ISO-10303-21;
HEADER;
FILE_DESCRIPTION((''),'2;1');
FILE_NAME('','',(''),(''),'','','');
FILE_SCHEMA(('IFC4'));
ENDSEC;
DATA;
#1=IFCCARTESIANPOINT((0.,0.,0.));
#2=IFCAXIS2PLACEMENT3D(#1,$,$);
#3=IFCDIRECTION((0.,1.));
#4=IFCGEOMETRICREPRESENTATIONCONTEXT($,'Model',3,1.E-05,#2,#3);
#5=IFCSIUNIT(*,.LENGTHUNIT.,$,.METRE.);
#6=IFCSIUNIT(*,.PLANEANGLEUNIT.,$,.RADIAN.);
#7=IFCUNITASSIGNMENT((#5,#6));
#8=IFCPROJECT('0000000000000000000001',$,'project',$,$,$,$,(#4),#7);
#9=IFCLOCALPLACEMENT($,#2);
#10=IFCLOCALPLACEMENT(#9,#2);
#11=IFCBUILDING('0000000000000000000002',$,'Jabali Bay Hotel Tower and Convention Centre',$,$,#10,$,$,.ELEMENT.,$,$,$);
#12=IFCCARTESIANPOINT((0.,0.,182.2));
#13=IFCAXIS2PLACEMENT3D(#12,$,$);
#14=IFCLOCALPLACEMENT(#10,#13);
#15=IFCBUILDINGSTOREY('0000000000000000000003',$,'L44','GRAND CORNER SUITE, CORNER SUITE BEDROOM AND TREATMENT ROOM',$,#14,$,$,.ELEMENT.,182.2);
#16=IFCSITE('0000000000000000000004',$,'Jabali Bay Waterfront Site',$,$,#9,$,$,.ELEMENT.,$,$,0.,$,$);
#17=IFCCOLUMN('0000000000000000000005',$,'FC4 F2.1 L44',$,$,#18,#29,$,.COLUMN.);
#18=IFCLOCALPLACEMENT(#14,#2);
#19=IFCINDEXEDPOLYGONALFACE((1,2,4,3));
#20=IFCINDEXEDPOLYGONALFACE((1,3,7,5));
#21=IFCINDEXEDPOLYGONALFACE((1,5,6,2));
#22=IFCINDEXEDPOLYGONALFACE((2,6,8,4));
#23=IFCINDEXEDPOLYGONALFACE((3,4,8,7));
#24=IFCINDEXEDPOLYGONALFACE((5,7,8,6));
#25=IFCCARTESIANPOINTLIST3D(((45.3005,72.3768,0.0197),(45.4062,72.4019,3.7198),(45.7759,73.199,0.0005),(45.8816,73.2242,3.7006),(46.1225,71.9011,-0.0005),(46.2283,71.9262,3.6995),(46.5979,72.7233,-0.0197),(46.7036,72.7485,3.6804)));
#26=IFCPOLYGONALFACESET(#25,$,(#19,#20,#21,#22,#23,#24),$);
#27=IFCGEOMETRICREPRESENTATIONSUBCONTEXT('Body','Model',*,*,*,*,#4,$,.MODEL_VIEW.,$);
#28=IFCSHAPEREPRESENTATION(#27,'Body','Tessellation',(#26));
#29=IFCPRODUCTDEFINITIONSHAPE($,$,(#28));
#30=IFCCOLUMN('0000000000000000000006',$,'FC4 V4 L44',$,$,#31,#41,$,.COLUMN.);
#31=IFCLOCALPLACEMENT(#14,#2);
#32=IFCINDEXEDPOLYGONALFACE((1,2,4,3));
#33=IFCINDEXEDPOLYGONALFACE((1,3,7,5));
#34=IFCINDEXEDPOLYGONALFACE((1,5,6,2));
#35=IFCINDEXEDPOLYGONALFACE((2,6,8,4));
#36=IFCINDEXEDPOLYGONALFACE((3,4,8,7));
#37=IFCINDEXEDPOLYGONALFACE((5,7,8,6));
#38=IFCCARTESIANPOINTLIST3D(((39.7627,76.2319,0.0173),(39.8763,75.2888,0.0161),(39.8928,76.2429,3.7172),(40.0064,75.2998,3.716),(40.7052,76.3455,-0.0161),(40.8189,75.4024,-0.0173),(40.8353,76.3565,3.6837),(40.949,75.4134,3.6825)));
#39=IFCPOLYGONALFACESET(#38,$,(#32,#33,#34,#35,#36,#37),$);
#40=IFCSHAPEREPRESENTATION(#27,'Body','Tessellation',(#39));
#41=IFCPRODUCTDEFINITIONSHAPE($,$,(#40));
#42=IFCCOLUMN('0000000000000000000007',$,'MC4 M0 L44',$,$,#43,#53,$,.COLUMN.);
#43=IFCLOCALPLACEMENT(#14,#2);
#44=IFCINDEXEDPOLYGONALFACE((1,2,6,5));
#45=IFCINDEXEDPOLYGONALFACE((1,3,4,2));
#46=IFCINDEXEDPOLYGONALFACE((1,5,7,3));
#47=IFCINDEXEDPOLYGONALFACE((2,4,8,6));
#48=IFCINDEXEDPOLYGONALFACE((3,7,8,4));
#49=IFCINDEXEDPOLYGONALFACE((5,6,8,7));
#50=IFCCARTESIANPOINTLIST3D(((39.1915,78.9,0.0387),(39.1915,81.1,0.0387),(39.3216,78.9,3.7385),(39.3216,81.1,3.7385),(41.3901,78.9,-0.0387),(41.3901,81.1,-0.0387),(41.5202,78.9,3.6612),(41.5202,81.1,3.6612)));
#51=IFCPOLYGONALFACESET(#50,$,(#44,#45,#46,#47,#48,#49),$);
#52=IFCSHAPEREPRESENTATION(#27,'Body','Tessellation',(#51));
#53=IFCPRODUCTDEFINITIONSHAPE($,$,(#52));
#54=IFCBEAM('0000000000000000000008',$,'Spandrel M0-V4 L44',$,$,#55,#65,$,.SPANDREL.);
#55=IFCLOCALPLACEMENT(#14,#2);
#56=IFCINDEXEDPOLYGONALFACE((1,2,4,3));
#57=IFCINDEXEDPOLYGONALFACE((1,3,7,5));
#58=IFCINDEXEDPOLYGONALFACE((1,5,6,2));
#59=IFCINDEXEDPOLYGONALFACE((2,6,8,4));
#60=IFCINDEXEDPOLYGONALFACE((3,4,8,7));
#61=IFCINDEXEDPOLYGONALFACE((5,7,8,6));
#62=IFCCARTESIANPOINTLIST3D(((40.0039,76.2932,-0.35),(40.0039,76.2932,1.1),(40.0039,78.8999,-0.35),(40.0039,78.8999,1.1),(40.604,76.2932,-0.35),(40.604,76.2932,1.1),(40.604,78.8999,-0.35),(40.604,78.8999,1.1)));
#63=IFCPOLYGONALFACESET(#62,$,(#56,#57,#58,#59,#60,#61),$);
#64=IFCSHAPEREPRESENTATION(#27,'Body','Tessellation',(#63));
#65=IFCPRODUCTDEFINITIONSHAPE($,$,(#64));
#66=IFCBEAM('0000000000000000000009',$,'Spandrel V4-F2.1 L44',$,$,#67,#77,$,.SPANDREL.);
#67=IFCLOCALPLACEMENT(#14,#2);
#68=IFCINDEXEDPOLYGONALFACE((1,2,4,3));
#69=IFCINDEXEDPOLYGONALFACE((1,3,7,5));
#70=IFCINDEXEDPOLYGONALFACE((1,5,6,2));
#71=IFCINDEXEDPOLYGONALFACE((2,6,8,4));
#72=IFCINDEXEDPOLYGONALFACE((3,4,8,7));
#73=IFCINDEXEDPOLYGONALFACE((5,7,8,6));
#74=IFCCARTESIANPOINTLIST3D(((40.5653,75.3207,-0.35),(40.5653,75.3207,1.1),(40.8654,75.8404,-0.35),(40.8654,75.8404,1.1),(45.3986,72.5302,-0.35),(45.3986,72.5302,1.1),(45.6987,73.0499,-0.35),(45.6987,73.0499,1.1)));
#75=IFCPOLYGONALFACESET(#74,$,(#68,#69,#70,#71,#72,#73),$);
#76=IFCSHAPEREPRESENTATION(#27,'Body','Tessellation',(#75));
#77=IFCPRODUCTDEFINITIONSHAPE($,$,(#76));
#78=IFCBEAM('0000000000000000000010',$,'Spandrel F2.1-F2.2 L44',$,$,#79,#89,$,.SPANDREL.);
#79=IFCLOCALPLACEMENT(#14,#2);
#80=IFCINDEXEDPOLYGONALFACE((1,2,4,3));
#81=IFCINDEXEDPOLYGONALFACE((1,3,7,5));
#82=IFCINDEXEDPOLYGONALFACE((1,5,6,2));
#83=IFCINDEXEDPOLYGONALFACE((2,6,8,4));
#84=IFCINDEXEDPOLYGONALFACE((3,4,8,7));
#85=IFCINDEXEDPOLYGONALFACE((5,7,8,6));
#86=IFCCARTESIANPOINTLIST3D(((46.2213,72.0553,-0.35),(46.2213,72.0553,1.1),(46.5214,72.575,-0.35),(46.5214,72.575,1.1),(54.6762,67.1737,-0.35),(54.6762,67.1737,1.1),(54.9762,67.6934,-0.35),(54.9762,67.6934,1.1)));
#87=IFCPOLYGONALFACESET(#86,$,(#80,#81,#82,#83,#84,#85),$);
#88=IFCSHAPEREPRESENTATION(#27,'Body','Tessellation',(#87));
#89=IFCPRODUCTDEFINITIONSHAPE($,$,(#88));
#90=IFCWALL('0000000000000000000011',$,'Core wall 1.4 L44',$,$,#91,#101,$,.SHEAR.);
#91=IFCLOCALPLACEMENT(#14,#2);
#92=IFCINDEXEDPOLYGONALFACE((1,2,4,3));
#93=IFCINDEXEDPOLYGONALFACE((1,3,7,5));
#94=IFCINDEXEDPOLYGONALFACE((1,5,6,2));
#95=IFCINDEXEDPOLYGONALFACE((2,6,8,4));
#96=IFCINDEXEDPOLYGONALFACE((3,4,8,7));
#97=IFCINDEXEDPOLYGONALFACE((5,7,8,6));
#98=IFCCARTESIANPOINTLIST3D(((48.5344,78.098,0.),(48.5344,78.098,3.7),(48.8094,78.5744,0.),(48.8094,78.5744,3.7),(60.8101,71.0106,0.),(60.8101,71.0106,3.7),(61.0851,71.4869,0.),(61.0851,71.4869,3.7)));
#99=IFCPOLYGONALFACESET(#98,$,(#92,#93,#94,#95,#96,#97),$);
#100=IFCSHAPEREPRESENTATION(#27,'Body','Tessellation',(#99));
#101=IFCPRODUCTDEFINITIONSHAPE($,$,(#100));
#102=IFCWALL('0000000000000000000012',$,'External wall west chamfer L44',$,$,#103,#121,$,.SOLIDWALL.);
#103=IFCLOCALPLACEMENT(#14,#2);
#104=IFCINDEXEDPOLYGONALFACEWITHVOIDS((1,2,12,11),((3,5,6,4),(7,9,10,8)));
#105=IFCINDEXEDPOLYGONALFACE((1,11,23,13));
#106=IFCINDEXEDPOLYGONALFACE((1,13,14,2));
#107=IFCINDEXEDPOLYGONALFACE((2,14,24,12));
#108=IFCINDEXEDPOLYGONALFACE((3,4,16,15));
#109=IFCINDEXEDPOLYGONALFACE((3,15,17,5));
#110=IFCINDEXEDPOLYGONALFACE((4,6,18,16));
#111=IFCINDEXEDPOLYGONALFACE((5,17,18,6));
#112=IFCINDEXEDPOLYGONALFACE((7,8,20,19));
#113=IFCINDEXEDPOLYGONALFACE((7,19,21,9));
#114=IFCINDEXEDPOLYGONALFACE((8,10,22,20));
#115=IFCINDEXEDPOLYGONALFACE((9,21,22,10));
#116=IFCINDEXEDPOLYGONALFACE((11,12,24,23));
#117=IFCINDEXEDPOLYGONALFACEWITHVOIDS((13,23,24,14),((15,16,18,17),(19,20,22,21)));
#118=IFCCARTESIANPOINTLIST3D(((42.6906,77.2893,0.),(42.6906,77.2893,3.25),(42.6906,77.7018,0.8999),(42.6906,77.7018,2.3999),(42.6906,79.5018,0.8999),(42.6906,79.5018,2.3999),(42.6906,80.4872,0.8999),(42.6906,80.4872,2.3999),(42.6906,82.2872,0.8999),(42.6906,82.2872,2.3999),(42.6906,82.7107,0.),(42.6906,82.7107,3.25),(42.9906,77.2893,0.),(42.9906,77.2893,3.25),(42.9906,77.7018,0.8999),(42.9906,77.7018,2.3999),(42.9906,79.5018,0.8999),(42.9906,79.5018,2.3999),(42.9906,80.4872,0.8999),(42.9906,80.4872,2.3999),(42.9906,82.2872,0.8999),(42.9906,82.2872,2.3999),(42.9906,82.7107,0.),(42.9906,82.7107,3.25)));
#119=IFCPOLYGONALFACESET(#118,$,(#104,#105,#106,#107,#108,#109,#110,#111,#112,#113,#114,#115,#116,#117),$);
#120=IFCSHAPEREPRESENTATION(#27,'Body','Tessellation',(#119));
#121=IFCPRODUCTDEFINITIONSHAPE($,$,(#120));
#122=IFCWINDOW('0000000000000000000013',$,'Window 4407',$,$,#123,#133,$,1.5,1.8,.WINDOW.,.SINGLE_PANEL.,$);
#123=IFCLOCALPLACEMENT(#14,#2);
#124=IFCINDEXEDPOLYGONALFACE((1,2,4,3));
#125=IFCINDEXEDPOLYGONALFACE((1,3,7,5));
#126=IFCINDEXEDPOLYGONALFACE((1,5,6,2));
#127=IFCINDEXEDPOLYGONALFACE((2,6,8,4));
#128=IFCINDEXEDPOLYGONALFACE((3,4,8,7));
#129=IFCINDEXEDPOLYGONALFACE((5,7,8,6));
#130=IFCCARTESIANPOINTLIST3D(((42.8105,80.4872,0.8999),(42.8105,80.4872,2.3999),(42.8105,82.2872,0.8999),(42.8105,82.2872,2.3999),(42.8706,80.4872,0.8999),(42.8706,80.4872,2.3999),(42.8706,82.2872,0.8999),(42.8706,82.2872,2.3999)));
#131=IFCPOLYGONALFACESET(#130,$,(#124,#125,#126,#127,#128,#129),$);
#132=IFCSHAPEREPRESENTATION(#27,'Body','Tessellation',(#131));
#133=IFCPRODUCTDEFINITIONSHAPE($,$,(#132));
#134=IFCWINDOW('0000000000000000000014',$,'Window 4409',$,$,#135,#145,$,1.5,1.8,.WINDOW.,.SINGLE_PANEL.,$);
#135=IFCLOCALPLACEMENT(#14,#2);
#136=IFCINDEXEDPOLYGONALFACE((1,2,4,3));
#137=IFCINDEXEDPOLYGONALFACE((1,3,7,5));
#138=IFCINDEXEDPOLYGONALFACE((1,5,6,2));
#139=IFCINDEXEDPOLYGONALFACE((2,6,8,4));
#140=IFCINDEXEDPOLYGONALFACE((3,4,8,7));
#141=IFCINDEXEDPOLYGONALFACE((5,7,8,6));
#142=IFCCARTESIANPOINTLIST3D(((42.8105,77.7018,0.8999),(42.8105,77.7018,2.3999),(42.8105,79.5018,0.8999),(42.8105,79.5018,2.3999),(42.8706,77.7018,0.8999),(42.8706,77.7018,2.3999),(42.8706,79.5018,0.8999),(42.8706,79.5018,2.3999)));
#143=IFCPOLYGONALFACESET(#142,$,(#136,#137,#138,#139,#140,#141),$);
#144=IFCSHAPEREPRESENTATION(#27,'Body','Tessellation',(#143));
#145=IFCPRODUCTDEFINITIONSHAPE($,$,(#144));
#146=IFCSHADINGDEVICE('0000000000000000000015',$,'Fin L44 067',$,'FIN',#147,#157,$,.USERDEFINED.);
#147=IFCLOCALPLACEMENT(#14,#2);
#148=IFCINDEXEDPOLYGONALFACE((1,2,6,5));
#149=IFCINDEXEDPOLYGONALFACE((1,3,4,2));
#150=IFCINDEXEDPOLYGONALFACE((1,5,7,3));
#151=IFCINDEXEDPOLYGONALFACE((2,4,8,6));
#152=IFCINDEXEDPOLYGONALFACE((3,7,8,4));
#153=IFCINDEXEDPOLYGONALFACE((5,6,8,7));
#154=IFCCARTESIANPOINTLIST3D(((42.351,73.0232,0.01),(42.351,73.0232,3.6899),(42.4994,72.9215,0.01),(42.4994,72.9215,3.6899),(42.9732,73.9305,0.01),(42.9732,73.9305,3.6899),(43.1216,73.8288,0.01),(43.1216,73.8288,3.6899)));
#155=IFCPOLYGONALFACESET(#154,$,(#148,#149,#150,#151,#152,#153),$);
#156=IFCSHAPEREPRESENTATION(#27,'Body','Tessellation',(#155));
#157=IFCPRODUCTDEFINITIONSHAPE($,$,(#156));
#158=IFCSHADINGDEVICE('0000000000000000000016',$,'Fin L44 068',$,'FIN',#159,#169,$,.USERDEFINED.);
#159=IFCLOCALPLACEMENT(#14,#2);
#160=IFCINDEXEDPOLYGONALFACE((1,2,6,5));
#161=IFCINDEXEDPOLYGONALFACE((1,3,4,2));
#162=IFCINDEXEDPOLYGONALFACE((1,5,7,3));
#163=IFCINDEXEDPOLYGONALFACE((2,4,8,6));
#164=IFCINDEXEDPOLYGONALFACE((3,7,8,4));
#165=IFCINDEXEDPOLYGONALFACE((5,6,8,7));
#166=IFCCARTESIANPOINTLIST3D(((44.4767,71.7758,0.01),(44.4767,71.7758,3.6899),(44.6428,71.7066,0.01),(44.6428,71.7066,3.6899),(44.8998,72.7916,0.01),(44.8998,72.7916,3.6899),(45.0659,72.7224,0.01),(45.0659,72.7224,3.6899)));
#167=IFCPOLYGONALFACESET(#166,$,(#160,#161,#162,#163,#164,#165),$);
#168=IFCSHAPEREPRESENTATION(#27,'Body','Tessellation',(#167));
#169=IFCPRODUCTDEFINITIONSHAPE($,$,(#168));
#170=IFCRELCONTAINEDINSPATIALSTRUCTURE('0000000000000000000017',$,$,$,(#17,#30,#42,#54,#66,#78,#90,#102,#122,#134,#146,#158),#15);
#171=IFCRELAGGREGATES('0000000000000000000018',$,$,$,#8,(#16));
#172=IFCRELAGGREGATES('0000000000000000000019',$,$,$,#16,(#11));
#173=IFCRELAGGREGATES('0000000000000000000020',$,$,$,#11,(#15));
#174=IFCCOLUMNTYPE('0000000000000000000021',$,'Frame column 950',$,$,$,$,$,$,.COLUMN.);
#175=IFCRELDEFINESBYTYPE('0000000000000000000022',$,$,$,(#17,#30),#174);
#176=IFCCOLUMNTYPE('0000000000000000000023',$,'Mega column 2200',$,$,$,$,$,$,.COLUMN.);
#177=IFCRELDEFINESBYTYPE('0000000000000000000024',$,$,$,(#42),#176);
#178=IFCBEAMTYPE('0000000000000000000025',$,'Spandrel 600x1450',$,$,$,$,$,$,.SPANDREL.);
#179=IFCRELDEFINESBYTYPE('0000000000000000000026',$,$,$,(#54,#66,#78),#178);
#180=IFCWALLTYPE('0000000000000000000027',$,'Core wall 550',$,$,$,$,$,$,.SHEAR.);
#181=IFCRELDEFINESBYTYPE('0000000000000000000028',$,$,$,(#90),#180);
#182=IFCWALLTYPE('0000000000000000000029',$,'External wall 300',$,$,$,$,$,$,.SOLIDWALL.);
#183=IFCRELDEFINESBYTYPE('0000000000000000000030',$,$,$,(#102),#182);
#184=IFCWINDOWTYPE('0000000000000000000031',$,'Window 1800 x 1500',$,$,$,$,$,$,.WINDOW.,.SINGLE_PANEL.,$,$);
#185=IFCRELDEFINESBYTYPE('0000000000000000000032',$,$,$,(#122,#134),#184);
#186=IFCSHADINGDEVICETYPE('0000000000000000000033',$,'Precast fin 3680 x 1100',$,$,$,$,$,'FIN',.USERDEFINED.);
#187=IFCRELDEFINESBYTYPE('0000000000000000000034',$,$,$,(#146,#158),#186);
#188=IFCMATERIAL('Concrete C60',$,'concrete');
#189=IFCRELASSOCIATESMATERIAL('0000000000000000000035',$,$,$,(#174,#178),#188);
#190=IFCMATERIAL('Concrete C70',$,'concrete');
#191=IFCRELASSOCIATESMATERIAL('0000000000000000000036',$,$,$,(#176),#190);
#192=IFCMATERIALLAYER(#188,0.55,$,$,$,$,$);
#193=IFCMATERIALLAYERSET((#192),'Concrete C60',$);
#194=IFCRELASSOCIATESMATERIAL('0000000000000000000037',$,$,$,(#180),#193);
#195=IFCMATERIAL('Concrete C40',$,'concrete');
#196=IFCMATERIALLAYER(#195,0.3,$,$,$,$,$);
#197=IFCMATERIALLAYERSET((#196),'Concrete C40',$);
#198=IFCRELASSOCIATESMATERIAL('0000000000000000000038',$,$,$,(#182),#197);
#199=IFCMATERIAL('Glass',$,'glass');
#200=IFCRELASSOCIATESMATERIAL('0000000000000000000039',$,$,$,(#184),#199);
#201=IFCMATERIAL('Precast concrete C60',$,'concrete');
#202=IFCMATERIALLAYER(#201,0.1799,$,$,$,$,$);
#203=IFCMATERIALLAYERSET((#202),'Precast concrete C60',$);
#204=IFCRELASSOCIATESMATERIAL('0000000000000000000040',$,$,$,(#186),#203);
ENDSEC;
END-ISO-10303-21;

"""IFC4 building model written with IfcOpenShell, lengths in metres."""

from ifc_helpers import new_model, si_unit, direction, frame, frame_2d, origin, origin_2d, place, context, subcontext, project, spatial, rectangle, extrude, material, layer, layer_set, material_profile, profile_set, type_object, element, fill, save


model = new_model("IFC4")

# Units and contexts
model_context = context("Model", 3, precision=1e-05, world=origin(), true_north=direction((0.0, 1.0)))
body_context = subcontext(model_context, "Body", "Model", "MODEL_VIEW")
ifc_project = project(units=[si_unit("LENGTHUNIT", "METRE"), si_unit("PLANEANGLEUNIT", "RADIAN")], contexts=[model_context])

# Site, building, storey
site_placement = place(None, origin())
site = spatial("IfcSite", under=ifc_project, at=site_placement, Name="Jabali Bay Waterfront Site", CompositionType="ELEMENT", RefElevation=0.0)
building_placement = place(site_placement, origin())
building = spatial("IfcBuilding", under=site, at=building_placement, Name="Jabali Bay Hotel Tower and Convention Centre", CompositionType="ELEMENT")
storey_placement = place(building_placement, frame((0.0, 0.0, 182.2)))
storey = spatial("IfcBuildingStorey", under=building, at=storey_placement, Name="L44", Description="GRAND CORNER SUITE, CORNER SUITE BEDROOM AND TREATMENT ROOM", CompositionType="ELEMENT", Elevation=182.2)

# Columns
ifc_material_1 = material(Name="Concrete C60", Category="concrete")
ifc_material_profile_1 = material_profile(ifc_material_1, rectangle(XDim=0.95, YDim=0.95, at=origin_2d()), Name="Frame column 950")
ifc_profile_set_1 = profile_set([ifc_material_profile_1], Name="Concrete C60")
column_type_1 = type_object("IfcColumnType", Name="Frame column 950", PredefinedType="COLUMN", material=ifc_profile_set_1)
column_1_placement = place(storey_placement, frame((45.9492, 72.55, 0.0), z_axis=(0.028559, 0.006794, 0.999569), x_axis=(-0.865323, 0.500761, 0.02132)))
element("IfcColumn", 1, at=column_1_placement, inside=storey, type_object=column_type_1, Name="FC4 F2.1 L44", PredefinedType="COLUMN", context=body_context, shape_type="SweptSolid", body=[
    extrude(rectangle(XDim=0.95, YDim=0.95, at=origin_2d()), origin(), (0.0, 0.0, 1.0), 3.7017),
])
column_2_placement = place(storey_placement, frame((40.2908, 75.8171, 0.0), z_axis=(0.035148, 0.002967, 0.999378), x_axis=(-0.119628, 0.992818, 0.001259)))
element("IfcColumn", 2, at=column_2_placement, inside=storey, type_object=column_type_1, Name="FC4 V4 L44", PredefinedType="COLUMN", context=body_context, shape_type="SweptSolid", body=[
    extrude(rectangle(XDim=0.95, YDim=0.95, at=origin_2d()), origin(), (0.0, 0.0, 1.0), 3.7021),
])
ifc_material_2 = material(Name="Concrete C70", Category="concrete")
ifc_material_profile_2 = material_profile(ifc_material_2, rectangle(XDim=2.2, YDim=2.2, at=origin_2d()), Name="Mega column 2200")
ifc_profile_set_2 = profile_set([ifc_material_profile_2], Name="Concrete C70")
column_type_2 = type_object("IfcColumnType", Name="Mega column 2200", PredefinedType="COLUMN", material=ifc_profile_set_2)
column_3_placement = place(storey_placement, frame((40.2908, 80.0, 0.0), z_axis=(0.035148, 0.0, 0.999382), x_axis=(0.0, 1.0, 0.0)))
element("IfcColumn", 3, at=column_3_placement, inside=storey, type_object=column_type_2, Name="MC4 M0 L44", PredefinedType="COLUMN", context=body_context, shape_type="SweptSolid", body=[
    extrude(rectangle(XDim=2.2, YDim=2.2, at=origin_2d()), origin(), (0.0, 0.0, 1.0), 3.7021),
])

# Beams
ifc_material_profile_3 = material_profile(ifc_material_1, rectangle(XDim=0.6001, YDim=1.45, at=origin_2d()), Name="Spandrel 600x1450")
ifc_profile_set_3 = profile_set([ifc_material_profile_3], Name="Concrete C60")
beam_type = type_object("IfcBeamType", Name="Spandrel 600x1450", PredefinedType="SPANDREL", material=ifc_profile_set_3)
beam_1_placement = place(storey_placement, frame((40.304, 78.8999, 0.375), z_axis=(0.0, -1.0, 0.0), x_axis=(1.0, 0.0, 0.0)))
element("IfcBeam", 4, at=beam_1_placement, inside=storey, type_object=beam_type, Name="Spandrel M0-V4 L44", PredefinedType="SPANDREL", context=body_context, shape_type="SweptSolid", body=[
    extrude(rectangle(XDim=0.6001, YDim=1.45, at=origin_2d()), origin(), (0.0, 0.0, 1.0), 2.6067),
])
beam_2_placement = place(storey_placement, frame((40.7153, 75.5806, 0.375), z_axis=(0.866022, -0.500006, 0.0), x_axis=(0.500006, 0.866022, 0.0)))
element("IfcBeam", 5, at=beam_2_placement, inside=storey, type_object=beam_type, Name="Spandrel V4-F2.1 L44", PredefinedType="SPANDREL", context=body_context, shape_type="SweptSolid", body=[
    extrude(rectangle(XDim=0.6001, YDim=1.45, at=origin_2d()), origin(), (0.0, 0.0, 1.0), 5.5811),
])
beam_3_placement = place(storey_placement, frame((46.3713, 72.3152, 0.375), z_axis=(0.866017, -0.500015, 0.0), x_axis=(0.500015, 0.866017, 0.0)))
element("IfcBeam", 6, at=beam_3_placement, inside=storey, type_object=beam_type, Name="Spandrel F2.1-F2.2 L44", PredefinedType="SPANDREL", context=body_context, shape_type="SweptSolid", body=[
    extrude(rectangle(XDim=0.6001, YDim=1.45, at=origin_2d()), origin(), (0.0, 0.0, 1.0), 9.7629),
])

# Wall
ifc_layer_1 = layer(ifc_material_1, 0.55)
ifc_layer_set_1 = layer_set([ifc_layer_1], Name="Concrete C60")
wall_type_1 = type_object("IfcWallType", Name="Core wall 550", PredefinedType="SHEAR", material=ifc_layer_set_1)
wall_1_placement = place(storey_placement, frame((48.6719, 78.3362, 0.0), z_axis=(0.0, 0.0, 1.0), x_axis=(0.866024, -0.500003, 0.0)))
element("IfcWall", 7, at=wall_1_placement, inside=storey, type_object=wall_type_1, Name="Core wall 1.4 L44", PredefinedType="SHEAR", context=body_context, shape_type="SweptSolid", body=[
    extrude(rectangle(XDim=14.1748, YDim=0.55, at=frame_2d((7.0874, 0.0))), origin(), (0.0, 0.0, 1.0), 3.7),
])

# Wall, openings, windows
ifc_material_3 = material(Name="Concrete C40", Category="concrete")
ifc_layer_2 = layer(ifc_material_3, 0.3)
ifc_layer_set_2 = layer_set([ifc_layer_2], Name="Concrete C40")
wall_type_2 = type_object("IfcWallType", Name="External wall 300", PredefinedType="SOLIDWALL", material=ifc_layer_set_2)
wall_2_placement = place(storey_placement, frame((42.8406, 77.2893, 0.0), z_axis=(0.0, 0.0, 1.0), x_axis=(0.0, 1.0, 0.0)))
wall_2 = element("IfcWall", 8, at=wall_2_placement, inside=storey, type_object=wall_type_2, Name="External wall west chamfer L44", PredefinedType="SOLIDWALL", context=body_context, shape_type="SweptSolid", body=[
    extrude(rectangle(XDim=5.4214, YDim=0.3, at=frame_2d((2.7107, 0.0))), origin(), (0.0, 0.0, 1.0), 3.25),
])
opening_1_placement = place(wall_2_placement, frame((3.198, 0.0, 0.8999)))
opening_1 = element("IfcOpeningElement", 9, at=opening_1_placement, cuts=wall_2, PredefinedType="OPENING", context=body_context, shape_type="SweptSolid", body=[
    extrude(rectangle(XDim=1.8, YDim=1.5, at=frame_2d((0.8999, 0.75))), frame((0.0, 0.1606, 0.0), z_axis=(0.0, -1.0, 0.0), x_axis=(1.0, 0.0, 0.0)), (0.0, 0.0, 1.0), 0.321),
])
opening_2_placement = place(wall_2_placement, frame((0.4126, 0.0, 0.8999)))
opening_2 = element("IfcOpeningElement", 10, at=opening_2_placement, cuts=wall_2, PredefinedType="OPENING", context=body_context, shape_type="SweptSolid", body=[
    extrude(rectangle(XDim=1.8, YDim=1.5, at=frame_2d((0.8999, 0.75))), frame((0.0, 0.1606, 0.0), z_axis=(0.0, -1.0, 0.0), x_axis=(1.0, 0.0, 0.0)), (0.0, 0.0, 1.0), 0.321),
])
ifc_material_4 = material(Name="Glass", Category="glass")
window_type = type_object("IfcWindowType", Name="Window 1800 x 1500", PartitioningType="SINGLE_PANEL", PredefinedType="WINDOW", material=ifc_material_4)
window_1_placement = place(opening_1_placement, origin())
window_1 = element("IfcWindow", 11, at=window_1_placement, inside=storey, type_object=window_type, Name="Window 4407", OverallHeight=1.5, OverallWidth=1.8, PartitioningType="SINGLE_PANEL", PredefinedType="WINDOW", context=body_context, shape_type="SweptSolid", body=[
    extrude(rectangle(XDim=1.8, YDim=1.5, at=frame_2d((0.8999, 0.75))), frame((0.0, 0.03, 0.0), z_axis=(0.0, -1.0, 0.0), x_axis=(1.0, 0.0, 0.0)), (0.0, 0.0, 1.0), 0.0601),
])
fill(opening_1, window_1)
window_2_placement = place(opening_2_placement, origin())
window_2 = element("IfcWindow", 12, at=window_2_placement, inside=storey, type_object=window_type, Name="Window 4409", OverallHeight=1.5, OverallWidth=1.8, PartitioningType="SINGLE_PANEL", PredefinedType="WINDOW", context=body_context, shape_type="SweptSolid", body=[
    extrude(rectangle(XDim=1.8, YDim=1.5, at=frame_2d((0.8999, 0.75))), frame((0.0, 0.03, 0.0), z_axis=(0.0, -1.0, 0.0), x_axis=(1.0, 0.0, 0.0)), (0.0, 0.0, 1.0), 0.0601),
])
fill(opening_2, window_2)

# Shading devices
ifc_material_5 = material(Name="Precast concrete C60", Category="concrete")
ifc_layer_3 = layer(ifc_material_5, 0.1799)
ifc_layer_set_3 = layer_set([ifc_layer_3], Name="Precast concrete C60")
shading_device_type_1 = type_object("IfcShadingDeviceType", Name="Precast fin 3680 x 1100", ElementType="FIN", PredefinedType="USERDEFINED", material=ifc_layer_set_3)
shading_device_1_placement = place(storey_placement, frame((43.0474, 73.8796, 0.01), z_axis=(0.0, 0.0, 1.0), x_axis=(-0.565511, -0.824741, 0.0)))
element("IfcShadingDevice", 13, at=shading_device_1_placement, inside=storey, type_object=shading_device_type_1, Name="Fin L44 067", ObjectType="FIN", PredefinedType="USERDEFINED", context=body_context, shape_type="SweptSolid", body=[
    extrude(rectangle(XDim=1.1001, YDim=0.1799, at=frame_2d((0.55, 0.0))), origin(), (0.0, 0.0, 1.0), 3.6799),
])
shading_device_2_placement = place(storey_placement, frame((44.9829, 72.7571, 0.01), z_axis=(0.0, 0.0, 1.0), x_axis=(-0.384552, -0.923103, 0.0)))
element("IfcShadingDevice", 14, at=shading_device_2_placement, inside=storey, type_object=shading_device_type_1, Name="Fin L44 068", ObjectType="FIN", PredefinedType="USERDEFINED", context=body_context, shape_type="SweptSolid", body=[
    extrude(rectangle(XDim=1.1003, YDim=0.1799, at=frame_2d((0.5503, 0.0))), origin(), (0.0, 0.0, 1.0), 3.6799),
])

save(model, "model.ifc")
